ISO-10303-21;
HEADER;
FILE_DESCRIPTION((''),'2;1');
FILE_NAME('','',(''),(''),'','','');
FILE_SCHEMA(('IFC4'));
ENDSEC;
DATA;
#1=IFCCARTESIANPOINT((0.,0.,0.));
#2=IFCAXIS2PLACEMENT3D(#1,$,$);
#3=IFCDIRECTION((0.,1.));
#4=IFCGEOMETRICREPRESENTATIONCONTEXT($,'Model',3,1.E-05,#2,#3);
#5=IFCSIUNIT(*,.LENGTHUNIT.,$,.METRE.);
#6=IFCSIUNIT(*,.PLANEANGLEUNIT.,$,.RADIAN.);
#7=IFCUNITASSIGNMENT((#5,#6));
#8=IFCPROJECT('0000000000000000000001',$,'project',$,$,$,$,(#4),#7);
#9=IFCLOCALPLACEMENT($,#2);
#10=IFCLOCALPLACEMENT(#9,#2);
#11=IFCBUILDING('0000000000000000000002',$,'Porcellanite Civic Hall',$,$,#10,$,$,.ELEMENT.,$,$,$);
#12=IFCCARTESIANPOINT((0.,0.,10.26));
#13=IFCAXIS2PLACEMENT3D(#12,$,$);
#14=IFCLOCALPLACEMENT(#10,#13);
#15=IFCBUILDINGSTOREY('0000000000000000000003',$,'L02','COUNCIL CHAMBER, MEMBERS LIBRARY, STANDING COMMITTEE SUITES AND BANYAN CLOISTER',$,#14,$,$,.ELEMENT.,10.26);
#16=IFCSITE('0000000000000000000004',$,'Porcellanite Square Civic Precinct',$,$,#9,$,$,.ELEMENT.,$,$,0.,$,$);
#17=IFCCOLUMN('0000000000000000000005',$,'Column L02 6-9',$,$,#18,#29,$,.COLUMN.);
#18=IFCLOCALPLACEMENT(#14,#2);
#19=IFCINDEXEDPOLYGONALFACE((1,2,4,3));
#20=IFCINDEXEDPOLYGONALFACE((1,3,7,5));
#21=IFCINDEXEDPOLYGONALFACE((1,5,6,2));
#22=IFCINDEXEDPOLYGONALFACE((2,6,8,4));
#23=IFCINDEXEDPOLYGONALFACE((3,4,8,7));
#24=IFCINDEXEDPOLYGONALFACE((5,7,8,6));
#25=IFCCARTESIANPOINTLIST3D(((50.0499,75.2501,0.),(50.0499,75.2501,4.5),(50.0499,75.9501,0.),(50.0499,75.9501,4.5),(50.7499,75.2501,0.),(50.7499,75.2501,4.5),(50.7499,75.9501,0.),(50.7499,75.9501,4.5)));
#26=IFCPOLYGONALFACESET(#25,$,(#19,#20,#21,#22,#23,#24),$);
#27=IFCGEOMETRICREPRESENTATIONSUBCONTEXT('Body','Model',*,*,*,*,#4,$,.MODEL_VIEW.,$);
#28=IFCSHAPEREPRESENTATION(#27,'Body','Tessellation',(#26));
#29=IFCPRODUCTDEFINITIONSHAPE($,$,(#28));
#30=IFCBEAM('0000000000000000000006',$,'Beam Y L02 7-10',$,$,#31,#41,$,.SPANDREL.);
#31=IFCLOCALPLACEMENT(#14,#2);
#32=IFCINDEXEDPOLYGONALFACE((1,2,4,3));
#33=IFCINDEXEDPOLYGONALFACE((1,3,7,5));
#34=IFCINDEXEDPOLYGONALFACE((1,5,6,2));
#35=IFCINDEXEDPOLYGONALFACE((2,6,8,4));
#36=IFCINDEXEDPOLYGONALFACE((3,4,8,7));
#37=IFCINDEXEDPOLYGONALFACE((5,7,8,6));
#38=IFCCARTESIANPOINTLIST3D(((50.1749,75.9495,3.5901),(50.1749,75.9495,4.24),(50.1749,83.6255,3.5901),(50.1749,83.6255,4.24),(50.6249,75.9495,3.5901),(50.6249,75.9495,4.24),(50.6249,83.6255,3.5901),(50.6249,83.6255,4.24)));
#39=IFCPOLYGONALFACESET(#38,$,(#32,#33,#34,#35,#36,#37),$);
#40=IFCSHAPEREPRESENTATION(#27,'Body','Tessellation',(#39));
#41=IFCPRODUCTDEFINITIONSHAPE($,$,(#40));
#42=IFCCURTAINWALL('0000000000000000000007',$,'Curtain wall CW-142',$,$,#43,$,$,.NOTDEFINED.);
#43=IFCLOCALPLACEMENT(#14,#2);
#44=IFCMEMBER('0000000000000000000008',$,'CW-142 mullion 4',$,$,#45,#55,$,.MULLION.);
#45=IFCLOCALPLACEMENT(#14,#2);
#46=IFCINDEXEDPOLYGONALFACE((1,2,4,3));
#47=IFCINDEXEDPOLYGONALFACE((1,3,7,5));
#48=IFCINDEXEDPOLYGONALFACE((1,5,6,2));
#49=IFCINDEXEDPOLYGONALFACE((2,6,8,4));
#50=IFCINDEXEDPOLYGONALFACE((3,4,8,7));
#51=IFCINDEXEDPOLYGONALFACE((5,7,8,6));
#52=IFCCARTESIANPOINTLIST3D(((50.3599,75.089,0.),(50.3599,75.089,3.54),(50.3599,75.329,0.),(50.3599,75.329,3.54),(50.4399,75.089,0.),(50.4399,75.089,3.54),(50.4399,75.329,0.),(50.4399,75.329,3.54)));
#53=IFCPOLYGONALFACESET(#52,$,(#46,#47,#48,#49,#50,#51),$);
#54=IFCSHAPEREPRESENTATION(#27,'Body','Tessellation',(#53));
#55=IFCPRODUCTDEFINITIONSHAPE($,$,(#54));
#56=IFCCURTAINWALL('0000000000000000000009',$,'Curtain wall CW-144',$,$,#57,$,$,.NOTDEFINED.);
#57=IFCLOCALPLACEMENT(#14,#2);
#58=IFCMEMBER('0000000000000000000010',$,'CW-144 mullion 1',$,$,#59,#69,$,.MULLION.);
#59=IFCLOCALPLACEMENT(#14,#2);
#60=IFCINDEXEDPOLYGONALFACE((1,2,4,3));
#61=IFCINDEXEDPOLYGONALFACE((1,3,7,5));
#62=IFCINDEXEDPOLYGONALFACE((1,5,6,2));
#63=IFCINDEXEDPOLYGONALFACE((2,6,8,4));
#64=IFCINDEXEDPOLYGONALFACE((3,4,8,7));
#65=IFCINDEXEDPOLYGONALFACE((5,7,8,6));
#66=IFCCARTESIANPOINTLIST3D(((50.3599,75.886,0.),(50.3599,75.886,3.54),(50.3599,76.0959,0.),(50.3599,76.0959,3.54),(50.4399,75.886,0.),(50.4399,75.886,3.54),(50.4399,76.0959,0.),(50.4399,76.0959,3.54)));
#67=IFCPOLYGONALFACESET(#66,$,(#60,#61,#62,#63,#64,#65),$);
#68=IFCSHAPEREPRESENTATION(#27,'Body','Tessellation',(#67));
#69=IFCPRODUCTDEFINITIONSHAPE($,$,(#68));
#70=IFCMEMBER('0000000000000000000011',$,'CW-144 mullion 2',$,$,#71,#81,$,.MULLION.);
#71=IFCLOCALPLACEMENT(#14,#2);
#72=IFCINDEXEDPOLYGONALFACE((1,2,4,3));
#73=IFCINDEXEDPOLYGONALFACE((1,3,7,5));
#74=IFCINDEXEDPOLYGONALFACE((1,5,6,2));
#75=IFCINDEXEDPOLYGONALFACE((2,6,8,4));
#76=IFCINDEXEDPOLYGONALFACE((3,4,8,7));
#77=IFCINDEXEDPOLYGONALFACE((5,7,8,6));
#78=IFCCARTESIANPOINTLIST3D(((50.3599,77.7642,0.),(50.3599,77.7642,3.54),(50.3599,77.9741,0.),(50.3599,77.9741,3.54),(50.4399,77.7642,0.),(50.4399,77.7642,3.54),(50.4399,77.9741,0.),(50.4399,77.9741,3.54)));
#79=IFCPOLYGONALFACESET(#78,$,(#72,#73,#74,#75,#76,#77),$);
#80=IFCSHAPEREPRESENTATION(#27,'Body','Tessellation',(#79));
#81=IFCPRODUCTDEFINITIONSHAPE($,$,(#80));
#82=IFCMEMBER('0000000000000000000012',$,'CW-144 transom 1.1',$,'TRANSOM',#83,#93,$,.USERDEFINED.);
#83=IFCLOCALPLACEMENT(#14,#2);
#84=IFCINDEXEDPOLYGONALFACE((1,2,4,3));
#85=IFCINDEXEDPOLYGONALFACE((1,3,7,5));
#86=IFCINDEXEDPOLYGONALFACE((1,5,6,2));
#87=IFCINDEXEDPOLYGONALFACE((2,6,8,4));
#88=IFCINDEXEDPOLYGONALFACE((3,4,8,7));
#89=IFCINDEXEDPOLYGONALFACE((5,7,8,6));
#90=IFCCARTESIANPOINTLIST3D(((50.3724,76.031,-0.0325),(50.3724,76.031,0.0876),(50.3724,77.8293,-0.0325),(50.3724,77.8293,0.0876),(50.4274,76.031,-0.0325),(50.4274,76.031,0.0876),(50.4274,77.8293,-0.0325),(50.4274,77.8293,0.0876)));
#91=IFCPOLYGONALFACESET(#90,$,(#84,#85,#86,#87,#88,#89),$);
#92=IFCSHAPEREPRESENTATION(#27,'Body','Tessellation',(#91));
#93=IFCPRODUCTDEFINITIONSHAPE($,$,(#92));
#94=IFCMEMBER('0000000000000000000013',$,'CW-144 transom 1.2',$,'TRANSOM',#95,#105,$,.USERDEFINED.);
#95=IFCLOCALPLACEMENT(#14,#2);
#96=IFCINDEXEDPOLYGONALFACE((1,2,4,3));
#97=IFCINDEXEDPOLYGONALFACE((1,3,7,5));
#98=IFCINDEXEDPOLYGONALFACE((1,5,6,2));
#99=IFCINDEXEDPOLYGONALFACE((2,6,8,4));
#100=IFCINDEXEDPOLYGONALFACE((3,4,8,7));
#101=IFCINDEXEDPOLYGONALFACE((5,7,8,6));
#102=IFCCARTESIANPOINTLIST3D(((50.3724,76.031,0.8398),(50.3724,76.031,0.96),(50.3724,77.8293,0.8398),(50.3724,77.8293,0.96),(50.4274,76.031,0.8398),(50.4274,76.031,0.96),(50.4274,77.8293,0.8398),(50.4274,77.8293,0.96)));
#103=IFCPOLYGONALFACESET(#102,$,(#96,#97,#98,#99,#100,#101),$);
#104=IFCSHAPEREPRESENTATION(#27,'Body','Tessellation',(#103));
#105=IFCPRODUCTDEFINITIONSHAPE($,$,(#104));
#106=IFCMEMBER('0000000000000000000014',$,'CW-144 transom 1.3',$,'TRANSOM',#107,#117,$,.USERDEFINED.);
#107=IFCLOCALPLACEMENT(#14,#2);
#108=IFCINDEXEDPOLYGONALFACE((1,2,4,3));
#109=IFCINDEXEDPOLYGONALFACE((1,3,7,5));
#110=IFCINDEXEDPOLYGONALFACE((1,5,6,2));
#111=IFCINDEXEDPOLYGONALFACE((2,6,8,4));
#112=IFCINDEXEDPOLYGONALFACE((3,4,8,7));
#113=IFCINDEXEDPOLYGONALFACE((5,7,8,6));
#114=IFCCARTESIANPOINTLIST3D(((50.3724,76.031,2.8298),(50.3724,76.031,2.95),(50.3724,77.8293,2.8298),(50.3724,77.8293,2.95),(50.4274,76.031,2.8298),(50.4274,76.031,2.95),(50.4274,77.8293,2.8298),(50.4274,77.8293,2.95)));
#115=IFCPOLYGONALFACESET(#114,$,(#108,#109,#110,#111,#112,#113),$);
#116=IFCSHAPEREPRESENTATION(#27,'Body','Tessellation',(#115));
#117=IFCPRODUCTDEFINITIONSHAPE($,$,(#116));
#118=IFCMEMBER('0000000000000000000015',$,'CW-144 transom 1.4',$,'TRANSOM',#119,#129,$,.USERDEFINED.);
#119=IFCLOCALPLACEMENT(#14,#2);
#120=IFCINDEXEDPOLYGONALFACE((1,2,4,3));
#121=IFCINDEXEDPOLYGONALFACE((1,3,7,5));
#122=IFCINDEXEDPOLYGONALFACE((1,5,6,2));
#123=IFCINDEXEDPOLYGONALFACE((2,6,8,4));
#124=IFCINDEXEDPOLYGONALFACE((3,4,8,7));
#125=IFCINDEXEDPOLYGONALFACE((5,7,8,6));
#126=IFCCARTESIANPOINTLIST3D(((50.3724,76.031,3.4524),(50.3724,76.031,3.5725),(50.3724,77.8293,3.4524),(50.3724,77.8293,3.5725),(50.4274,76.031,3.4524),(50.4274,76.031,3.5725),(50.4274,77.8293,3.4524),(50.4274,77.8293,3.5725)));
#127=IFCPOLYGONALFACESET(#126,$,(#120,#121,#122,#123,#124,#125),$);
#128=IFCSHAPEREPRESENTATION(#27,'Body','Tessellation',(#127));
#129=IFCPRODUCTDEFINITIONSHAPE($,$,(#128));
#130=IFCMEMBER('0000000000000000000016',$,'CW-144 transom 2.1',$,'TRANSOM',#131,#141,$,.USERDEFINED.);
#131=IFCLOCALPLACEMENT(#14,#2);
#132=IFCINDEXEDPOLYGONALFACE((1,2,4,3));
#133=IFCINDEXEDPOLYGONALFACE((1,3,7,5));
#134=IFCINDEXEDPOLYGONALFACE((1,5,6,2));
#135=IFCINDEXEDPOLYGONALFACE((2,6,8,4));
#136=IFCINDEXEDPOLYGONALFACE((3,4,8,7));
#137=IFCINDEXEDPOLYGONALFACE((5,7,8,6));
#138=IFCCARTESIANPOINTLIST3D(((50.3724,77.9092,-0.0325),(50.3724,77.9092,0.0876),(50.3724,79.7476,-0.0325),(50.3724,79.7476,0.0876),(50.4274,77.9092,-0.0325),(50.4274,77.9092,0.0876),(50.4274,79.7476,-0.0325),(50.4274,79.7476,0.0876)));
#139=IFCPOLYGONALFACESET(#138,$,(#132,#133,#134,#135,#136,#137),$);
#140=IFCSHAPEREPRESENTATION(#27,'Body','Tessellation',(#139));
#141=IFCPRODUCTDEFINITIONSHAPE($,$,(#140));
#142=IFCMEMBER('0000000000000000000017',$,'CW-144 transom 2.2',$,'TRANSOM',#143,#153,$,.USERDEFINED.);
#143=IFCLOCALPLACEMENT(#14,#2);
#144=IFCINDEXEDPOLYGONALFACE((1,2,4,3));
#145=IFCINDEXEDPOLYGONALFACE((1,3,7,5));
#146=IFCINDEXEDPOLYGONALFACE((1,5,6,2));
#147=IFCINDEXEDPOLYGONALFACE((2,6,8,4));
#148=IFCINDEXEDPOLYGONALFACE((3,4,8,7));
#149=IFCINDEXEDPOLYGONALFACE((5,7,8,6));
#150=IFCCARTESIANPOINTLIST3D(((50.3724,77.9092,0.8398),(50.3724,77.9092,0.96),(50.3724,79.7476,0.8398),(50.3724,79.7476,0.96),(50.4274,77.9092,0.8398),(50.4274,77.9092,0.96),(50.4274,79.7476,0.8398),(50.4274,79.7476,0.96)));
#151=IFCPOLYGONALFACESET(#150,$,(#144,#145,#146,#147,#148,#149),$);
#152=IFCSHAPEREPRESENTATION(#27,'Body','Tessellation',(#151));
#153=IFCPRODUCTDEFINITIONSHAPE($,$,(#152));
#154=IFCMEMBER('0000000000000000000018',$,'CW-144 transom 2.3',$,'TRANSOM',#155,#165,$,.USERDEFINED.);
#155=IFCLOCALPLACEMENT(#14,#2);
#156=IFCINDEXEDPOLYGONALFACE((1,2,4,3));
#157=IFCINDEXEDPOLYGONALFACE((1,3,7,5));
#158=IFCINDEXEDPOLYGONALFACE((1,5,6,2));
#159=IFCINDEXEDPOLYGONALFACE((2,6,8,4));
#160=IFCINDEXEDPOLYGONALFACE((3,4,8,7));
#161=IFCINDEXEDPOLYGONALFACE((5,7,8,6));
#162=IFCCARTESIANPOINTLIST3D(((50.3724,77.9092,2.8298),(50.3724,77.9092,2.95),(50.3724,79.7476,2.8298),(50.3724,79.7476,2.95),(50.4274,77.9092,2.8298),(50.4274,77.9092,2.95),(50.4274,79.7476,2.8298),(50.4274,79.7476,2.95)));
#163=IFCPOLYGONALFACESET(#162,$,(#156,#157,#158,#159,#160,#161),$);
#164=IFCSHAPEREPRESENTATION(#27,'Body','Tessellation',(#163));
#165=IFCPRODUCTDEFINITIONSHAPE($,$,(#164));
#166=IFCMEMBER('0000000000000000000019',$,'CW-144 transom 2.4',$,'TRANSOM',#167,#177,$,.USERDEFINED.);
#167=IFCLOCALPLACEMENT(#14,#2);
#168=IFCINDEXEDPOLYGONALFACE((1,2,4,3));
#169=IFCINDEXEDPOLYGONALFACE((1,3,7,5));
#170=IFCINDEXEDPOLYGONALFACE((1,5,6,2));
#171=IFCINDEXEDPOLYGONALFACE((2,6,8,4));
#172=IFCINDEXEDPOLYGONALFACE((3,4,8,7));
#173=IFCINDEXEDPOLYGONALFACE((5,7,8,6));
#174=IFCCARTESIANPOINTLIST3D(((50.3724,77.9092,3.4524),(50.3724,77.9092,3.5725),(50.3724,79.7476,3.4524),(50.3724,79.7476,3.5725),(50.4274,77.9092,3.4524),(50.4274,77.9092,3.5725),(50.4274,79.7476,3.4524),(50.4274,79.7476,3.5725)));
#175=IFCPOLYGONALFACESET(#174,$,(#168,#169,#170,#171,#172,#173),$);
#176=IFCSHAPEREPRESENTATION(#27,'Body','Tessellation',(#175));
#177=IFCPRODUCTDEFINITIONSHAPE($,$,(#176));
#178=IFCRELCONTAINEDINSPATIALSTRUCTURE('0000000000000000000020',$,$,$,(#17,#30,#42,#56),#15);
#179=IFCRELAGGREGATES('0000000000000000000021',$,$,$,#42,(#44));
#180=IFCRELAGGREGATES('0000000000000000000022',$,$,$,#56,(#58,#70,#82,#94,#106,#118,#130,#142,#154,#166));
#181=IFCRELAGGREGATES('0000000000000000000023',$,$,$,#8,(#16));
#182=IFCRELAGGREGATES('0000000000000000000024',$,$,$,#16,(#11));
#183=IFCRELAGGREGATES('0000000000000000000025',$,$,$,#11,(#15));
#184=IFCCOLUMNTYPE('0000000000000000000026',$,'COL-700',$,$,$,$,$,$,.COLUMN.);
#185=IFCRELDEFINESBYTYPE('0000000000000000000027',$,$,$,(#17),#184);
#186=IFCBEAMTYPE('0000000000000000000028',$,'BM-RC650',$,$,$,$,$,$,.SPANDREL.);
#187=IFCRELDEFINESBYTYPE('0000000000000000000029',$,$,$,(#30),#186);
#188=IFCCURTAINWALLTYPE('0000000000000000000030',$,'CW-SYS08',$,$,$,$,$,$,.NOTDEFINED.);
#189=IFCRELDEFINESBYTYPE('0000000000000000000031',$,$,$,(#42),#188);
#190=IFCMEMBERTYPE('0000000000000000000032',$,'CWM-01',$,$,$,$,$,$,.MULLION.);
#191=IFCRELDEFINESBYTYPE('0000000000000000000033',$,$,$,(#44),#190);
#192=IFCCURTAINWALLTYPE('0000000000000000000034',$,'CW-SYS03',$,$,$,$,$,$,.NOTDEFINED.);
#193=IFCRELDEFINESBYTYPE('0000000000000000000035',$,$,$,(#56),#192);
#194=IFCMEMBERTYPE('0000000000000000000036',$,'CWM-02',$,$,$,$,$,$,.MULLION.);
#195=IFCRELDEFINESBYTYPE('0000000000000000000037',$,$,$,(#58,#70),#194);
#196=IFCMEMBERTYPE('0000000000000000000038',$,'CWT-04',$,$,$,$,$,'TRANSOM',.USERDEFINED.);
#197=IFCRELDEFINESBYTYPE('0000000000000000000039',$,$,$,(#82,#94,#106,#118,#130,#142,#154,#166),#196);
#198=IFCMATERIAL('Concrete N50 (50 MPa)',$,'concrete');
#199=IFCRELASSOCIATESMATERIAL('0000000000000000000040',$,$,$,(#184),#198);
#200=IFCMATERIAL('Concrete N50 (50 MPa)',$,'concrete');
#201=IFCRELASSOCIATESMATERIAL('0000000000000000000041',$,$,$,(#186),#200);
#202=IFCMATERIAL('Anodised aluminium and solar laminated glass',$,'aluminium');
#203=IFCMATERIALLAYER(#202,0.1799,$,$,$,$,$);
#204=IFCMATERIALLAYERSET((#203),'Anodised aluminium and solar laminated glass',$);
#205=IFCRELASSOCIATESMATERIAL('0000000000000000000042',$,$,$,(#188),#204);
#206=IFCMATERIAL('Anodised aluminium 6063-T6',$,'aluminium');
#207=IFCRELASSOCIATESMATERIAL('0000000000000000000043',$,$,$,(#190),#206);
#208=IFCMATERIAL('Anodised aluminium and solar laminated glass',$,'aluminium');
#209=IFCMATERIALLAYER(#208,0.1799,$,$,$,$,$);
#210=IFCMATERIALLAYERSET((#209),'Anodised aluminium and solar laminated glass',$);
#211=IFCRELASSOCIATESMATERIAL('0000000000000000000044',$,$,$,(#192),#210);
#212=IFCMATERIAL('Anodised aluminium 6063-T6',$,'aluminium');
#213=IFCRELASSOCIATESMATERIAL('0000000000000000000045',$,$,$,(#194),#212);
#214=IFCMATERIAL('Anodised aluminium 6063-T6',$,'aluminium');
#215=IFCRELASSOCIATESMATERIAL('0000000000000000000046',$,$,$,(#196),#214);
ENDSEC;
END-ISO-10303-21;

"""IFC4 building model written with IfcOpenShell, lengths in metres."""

from ifc_helpers import new_model, si_unit, direction, frame, origin, origin_2d, place, context, subcontext, project, spatial, rectangle, extrude, material, layer, layer_set, material_profile, profile_set, type_object, element, aggregate, save


model = new_model("IFC4")

# Units and contexts
model_context = context("Model", 3, precision=1e-05, world=origin(), true_north=direction((0.0, 1.0)))
body_context = subcontext(model_context, "Body", "Model", "MODEL_VIEW")
ifc_project = project(units=[si_unit("LENGTHUNIT", "METRE"), si_unit("PLANEANGLEUNIT", "RADIAN")], contexts=[model_context])

# Site, building, storey
site_placement = place(None, origin())
site = spatial("IfcSite", under=ifc_project, at=site_placement, Name="Porcellanite Square Civic Precinct", CompositionType="ELEMENT", RefElevation=0.0)
building_placement = place(site_placement, origin())
building = spatial("IfcBuilding", under=site, at=building_placement, Name="Porcellanite Civic Hall", CompositionType="ELEMENT")
storey_placement = place(building_placement, frame((0.0, 0.0, 10.26)))
storey = spatial("IfcBuildingStorey", under=building, at=storey_placement, Name="L02", Description="COUNCIL CHAMBER, MEMBERS LIBRARY, STANDING COMMITTEE SUITES AND BANYAN CLOISTER", CompositionType="ELEMENT", Elevation=10.26)

# Column
ifc_material_1 = material(Name="Concrete N50 (50 MPa)", Category="concrete")
ifc_material_profile_1 = material_profile(ifc_material_1, rectangle(XDim=0.7, YDim=0.7, at=origin_2d()), Name="RC-700x700")
ifc_profile_set_1 = profile_set([ifc_material_profile_1], Name="Concrete N50 (50 MPa)")
column_type = type_object("IfcColumnType", Name="COL-700", PredefinedType="COLUMN", material=ifc_profile_set_1)
column_placement = place(storey_placement, frame((50.3999, 75.6001, 0.0), z_axis=(0.0, 0.0, 1.0), x_axis=(1.0, 0.0, 0.0)))
element("IfcColumn", 1, at=column_placement, inside=storey, type_object=column_type, Name="Column L02 6-9", PredefinedType="COLUMN", context=body_context, shape_type="SweptSolid", body=[
    extrude(rectangle(XDim=0.7, YDim=0.7, at=origin_2d()), origin(), (0.0, 0.0, 1.0), 4.5),
])

# Beam
ifc_material_2 = material(Name="Concrete N50 (50 MPa)", Category="concrete")
ifc_material_profile_2 = material_profile(ifc_material_2, rectangle(XDim=0.45, YDim=0.6499, at=origin_2d()), Name="RC-450x650")
ifc_profile_set_2 = profile_set([ifc_material_profile_2], Name="Concrete N50 (50 MPa)")
beam_type_1 = type_object("IfcBeamType", Name="BM-RC650", PredefinedType="SPANDREL", material=ifc_profile_set_2)
beam_1_placement = place(storey_placement, frame((50.3999, 75.9495, 3.915), z_axis=(0.0, 1.0, 0.0), x_axis=(-1.0, 0.0, 0.0)))
element("IfcBeam", 2, at=beam_1_placement, inside=storey, type_object=beam_type_1, Name="Beam Y L02 7-10", PredefinedType="SPANDREL", context=body_context, shape_type="SweptSolid", body=[
    extrude(rectangle(XDim=0.45, YDim=0.6499, at=origin_2d()), origin(), (0.0, 0.0, 1.0), 7.676),
])

# Curtain wall, member
ifc_material_3 = material(Name="Anodised aluminium and solar laminated glass", Category="aluminium")
ifc_layer_1 = layer(ifc_material_3, 0.1799)
ifc_layer_set_1 = layer_set([ifc_layer_1], Name="Anodised aluminium and solar laminated glass")
curtain_wall_type_1 = type_object("IfcCurtainWallType", Name="CW-SYS08", PredefinedType="NOTDEFINED", material=ifc_layer_set_1)
curtain_wall_1_placement = place(storey_placement, origin())
curtain_wall_1 = element("IfcCurtainWall", 3, at=curtain_wall_1_placement, inside=storey, type_object=curtain_wall_type_1, Name="Curtain wall CW-142", PredefinedType="NOTDEFINED")
ifc_material_4 = material(Name="Anodised aluminium 6063-T6", Category="aluminium")
ifc_material_profile_3 = material_profile(ifc_material_4, rectangle(XDim=0.0801, YDim=0.24, at=origin_2d()), Name="AL-80x240")
ifc_profile_set_3 = profile_set([ifc_material_profile_3], Name="Anodised aluminium 6063-T6")
member_type_1 = type_object("IfcMemberType", Name="CWM-01", PredefinedType="MULLION", material=ifc_profile_set_3)
member_1_placement = place(storey_placement, frame((50.3999, 75.209, 0.0), z_axis=(0.0, 0.0, 1.0), x_axis=(-1.0, 0.0, 0.0)))
member_1 = element("IfcMember", 4, at=member_1_placement, type_object=member_type_1, Name="CW-142 mullion 4", PredefinedType="MULLION", context=body_context, shape_type="SweptSolid", body=[
    extrude(rectangle(XDim=0.0801, YDim=0.24, at=origin_2d()), origin(), (0.0, 0.0, 1.0), 3.54),
])

# Curtain wall, members
ifc_material_5 = material(Name="Anodised aluminium and solar laminated glass", Category="aluminium")
ifc_layer_2 = layer(ifc_material_5, 0.1799)
ifc_layer_set_2 = layer_set([ifc_layer_2], Name="Anodised aluminium and solar laminated glass")
curtain_wall_type_2 = type_object("IfcCurtainWallType", Name="CW-SYS03", PredefinedType="NOTDEFINED", material=ifc_layer_set_2)
curtain_wall_2_placement = place(storey_placement, origin())
curtain_wall_2 = element("IfcCurtainWall", 5, at=curtain_wall_2_placement, inside=storey, type_object=curtain_wall_type_2, Name="Curtain wall CW-144", PredefinedType="NOTDEFINED")
ifc_material_6 = material(Name="Anodised aluminium 6063-T6", Category="aluminium")
ifc_material_profile_4 = material_profile(ifc_material_6, rectangle(XDim=0.0801, YDim=0.21, at=origin_2d()), Name="AL-80x210")
ifc_profile_set_4 = profile_set([ifc_material_profile_4], Name="Anodised aluminium 6063-T6")
member_type_2 = type_object("IfcMemberType", Name="CWM-02", PredefinedType="MULLION", material=ifc_profile_set_4)
member_2_placement = place(storey_placement, frame((50.3999, 75.991, 0.0), z_axis=(0.0, 0.0, 1.0), x_axis=(-1.0, 0.0, 0.0)))
member_2 = element("IfcMember", 6, at=member_2_placement, type_object=member_type_2, Name="CW-144 mullion 1", PredefinedType="MULLION", context=body_context, shape_type="SweptSolid", body=[
    extrude(rectangle(XDim=0.0801, YDim=0.21, at=origin_2d()), origin(), (0.0, 0.0, 1.0), 3.54),
])
member_3_placement = place(storey_placement, frame((50.3999, 77.8691, 0.0), z_axis=(0.0, 0.0, 1.0), x_axis=(-1.0, 0.0, 0.0)))
member_3 = element("IfcMember", 7, at=member_3_placement, type_object=member_type_2, Name="CW-144 mullion 2", PredefinedType="MULLION", context=body_context, shape_type="SweptSolid", body=[
    extrude(rectangle(XDim=0.0801, YDim=0.21, at=origin_2d()), origin(), (0.0, 0.0, 1.0), 3.54),
])
ifc_material_7 = material(Name="Anodised aluminium 6063-T6", Category="aluminium")
ifc_material_profile_5 = material_profile(ifc_material_7, rectangle(XDim=0.0549, YDim=0.1201, at=origin_2d()), Name="AL-55x120")
ifc_profile_set_5 = profile_set([ifc_material_profile_5], Name="Anodised aluminium 6063-T6")
member_type_3 = type_object("IfcMemberType", Name="CWT-04", ElementType="TRANSOM", PredefinedType="USERDEFINED", material=ifc_profile_set_5)
member_4_placement = place(storey_placement, frame((50.3999, 76.031, 0.0276), z_axis=(0.0, 1.0, 0.0), x_axis=(-1.0, 0.0, 0.0)))
member_4 = element("IfcMember", 8, at=member_4_placement, type_object=member_type_3, Name="CW-144 transom 1.1", ObjectType="TRANSOM", PredefinedType="USERDEFINED", context=body_context, shape_type="SweptSolid", body=[
    extrude(rectangle(XDim=0.0549, YDim=0.1201, at=origin_2d()), origin(), (0.0, 0.0, 1.0), 1.7983),
])
member_5_placement = place(storey_placement, frame((50.3999, 76.031, 0.8999), z_axis=(0.0, 1.0, 0.0), x_axis=(-1.0, 0.0, 0.0)))
member_5 = element("IfcMember", 9, at=member_5_placement, type_object=member_type_3, Name="CW-144 transom 1.2", ObjectType="TRANSOM", PredefinedType="USERDEFINED", context=body_context, shape_type="SweptSolid", body=[
    extrude(rectangle(XDim=0.0549, YDim=0.1201, at=origin_2d()), origin(), (0.0, 0.0, 1.0), 1.7983),
])
member_6_placement = place(storey_placement, frame((50.3999, 76.031, 2.8899), z_axis=(0.0, 1.0, 0.0), x_axis=(-1.0, 0.0, 0.0)))
member_6 = element("IfcMember", 10, at=member_6_placement, type_object=member_type_3, Name="CW-144 transom 1.3", ObjectType="TRANSOM", PredefinedType="USERDEFINED", context=body_context, shape_type="SweptSolid", body=[
    extrude(rectangle(XDim=0.0549, YDim=0.1201, at=origin_2d()), origin(), (0.0, 0.0, 1.0), 1.7983),
])
member_7_placement = place(storey_placement, frame((50.3999, 76.031, 3.5125), z_axis=(0.0, 1.0, 0.0), x_axis=(-1.0, 0.0, 0.0)))
member_7 = element("IfcMember", 11, at=member_7_placement, type_object=member_type_3, Name="CW-144 transom 1.4", ObjectType="TRANSOM", PredefinedType="USERDEFINED", context=body_context, shape_type="SweptSolid", body=[
    extrude(rectangle(XDim=0.0549, YDim=0.1201, at=origin_2d()), origin(), (0.0, 0.0, 1.0), 1.7983),
])
member_8_placement = place(storey_placement, frame((50.3999, 77.9092, 0.0276), z_axis=(0.0, 1.0, 0.0), x_axis=(-1.0, 0.0, 0.0)))
member_8 = element("IfcMember", 12, at=member_8_placement, type_object=member_type_3, Name="CW-144 transom 2.1", ObjectType="TRANSOM", PredefinedType="USERDEFINED", context=body_context, shape_type="SweptSolid", body=[
    extrude(rectangle(XDim=0.0549, YDim=0.1201, at=origin_2d()), origin(), (0.0, 0.0, 1.0), 1.8384),
])
member_9_placement = place(storey_placement, frame((50.3999, 77.9092, 0.8999), z_axis=(0.0, 1.0, 0.0), x_axis=(-1.0, 0.0, 0.0)))
member_9 = element("IfcMember", 13, at=member_9_placement, type_object=member_type_3, Name="CW-144 transom 2.2", ObjectType="TRANSOM", PredefinedType="USERDEFINED", context=body_context, shape_type="SweptSolid", body=[
    extrude(rectangle(XDim=0.0549, YDim=0.1201, at=origin_2d()), origin(), (0.0, 0.0, 1.0), 1.8384),
])
member_10_placement = place(storey_placement, frame((50.3999, 77.9092, 2.8899), z_axis=(0.0, 1.0, 0.0), x_axis=(-1.0, 0.0, 0.0)))
member_10 = element("IfcMember", 14, at=member_10_placement, type_object=member_type_3, Name="CW-144 transom 2.3", ObjectType="TRANSOM", PredefinedType="USERDEFINED", context=body_context, shape_type="SweptSolid", body=[
    extrude(rectangle(XDim=0.0549, YDim=0.1201, at=origin_2d()), origin(), (0.0, 0.0, 1.0), 1.8384),
])
member_11_placement = place(storey_placement, frame((50.3999, 77.9092, 3.5125), z_axis=(0.0, 1.0, 0.0), x_axis=(-1.0, 0.0, 0.0)))
member_11 = element("IfcMember", 15, at=member_11_placement, type_object=member_type_3, Name="CW-144 transom 2.4", ObjectType="TRANSOM", PredefinedType="USERDEFINED", context=body_context, shape_type="SweptSolid", body=[
    extrude(rectangle(XDim=0.0549, YDim=0.1201, at=origin_2d()), origin(), (0.0, 0.0, 1.0), 1.8384),
])

aggregate(curtain_wall_1, [member_1])
aggregate(curtain_wall_2, [member_2, member_3, member_4, member_5, member_6, member_7, member_8, member_9, member_10, member_11])

save(model, "model.ifc")
